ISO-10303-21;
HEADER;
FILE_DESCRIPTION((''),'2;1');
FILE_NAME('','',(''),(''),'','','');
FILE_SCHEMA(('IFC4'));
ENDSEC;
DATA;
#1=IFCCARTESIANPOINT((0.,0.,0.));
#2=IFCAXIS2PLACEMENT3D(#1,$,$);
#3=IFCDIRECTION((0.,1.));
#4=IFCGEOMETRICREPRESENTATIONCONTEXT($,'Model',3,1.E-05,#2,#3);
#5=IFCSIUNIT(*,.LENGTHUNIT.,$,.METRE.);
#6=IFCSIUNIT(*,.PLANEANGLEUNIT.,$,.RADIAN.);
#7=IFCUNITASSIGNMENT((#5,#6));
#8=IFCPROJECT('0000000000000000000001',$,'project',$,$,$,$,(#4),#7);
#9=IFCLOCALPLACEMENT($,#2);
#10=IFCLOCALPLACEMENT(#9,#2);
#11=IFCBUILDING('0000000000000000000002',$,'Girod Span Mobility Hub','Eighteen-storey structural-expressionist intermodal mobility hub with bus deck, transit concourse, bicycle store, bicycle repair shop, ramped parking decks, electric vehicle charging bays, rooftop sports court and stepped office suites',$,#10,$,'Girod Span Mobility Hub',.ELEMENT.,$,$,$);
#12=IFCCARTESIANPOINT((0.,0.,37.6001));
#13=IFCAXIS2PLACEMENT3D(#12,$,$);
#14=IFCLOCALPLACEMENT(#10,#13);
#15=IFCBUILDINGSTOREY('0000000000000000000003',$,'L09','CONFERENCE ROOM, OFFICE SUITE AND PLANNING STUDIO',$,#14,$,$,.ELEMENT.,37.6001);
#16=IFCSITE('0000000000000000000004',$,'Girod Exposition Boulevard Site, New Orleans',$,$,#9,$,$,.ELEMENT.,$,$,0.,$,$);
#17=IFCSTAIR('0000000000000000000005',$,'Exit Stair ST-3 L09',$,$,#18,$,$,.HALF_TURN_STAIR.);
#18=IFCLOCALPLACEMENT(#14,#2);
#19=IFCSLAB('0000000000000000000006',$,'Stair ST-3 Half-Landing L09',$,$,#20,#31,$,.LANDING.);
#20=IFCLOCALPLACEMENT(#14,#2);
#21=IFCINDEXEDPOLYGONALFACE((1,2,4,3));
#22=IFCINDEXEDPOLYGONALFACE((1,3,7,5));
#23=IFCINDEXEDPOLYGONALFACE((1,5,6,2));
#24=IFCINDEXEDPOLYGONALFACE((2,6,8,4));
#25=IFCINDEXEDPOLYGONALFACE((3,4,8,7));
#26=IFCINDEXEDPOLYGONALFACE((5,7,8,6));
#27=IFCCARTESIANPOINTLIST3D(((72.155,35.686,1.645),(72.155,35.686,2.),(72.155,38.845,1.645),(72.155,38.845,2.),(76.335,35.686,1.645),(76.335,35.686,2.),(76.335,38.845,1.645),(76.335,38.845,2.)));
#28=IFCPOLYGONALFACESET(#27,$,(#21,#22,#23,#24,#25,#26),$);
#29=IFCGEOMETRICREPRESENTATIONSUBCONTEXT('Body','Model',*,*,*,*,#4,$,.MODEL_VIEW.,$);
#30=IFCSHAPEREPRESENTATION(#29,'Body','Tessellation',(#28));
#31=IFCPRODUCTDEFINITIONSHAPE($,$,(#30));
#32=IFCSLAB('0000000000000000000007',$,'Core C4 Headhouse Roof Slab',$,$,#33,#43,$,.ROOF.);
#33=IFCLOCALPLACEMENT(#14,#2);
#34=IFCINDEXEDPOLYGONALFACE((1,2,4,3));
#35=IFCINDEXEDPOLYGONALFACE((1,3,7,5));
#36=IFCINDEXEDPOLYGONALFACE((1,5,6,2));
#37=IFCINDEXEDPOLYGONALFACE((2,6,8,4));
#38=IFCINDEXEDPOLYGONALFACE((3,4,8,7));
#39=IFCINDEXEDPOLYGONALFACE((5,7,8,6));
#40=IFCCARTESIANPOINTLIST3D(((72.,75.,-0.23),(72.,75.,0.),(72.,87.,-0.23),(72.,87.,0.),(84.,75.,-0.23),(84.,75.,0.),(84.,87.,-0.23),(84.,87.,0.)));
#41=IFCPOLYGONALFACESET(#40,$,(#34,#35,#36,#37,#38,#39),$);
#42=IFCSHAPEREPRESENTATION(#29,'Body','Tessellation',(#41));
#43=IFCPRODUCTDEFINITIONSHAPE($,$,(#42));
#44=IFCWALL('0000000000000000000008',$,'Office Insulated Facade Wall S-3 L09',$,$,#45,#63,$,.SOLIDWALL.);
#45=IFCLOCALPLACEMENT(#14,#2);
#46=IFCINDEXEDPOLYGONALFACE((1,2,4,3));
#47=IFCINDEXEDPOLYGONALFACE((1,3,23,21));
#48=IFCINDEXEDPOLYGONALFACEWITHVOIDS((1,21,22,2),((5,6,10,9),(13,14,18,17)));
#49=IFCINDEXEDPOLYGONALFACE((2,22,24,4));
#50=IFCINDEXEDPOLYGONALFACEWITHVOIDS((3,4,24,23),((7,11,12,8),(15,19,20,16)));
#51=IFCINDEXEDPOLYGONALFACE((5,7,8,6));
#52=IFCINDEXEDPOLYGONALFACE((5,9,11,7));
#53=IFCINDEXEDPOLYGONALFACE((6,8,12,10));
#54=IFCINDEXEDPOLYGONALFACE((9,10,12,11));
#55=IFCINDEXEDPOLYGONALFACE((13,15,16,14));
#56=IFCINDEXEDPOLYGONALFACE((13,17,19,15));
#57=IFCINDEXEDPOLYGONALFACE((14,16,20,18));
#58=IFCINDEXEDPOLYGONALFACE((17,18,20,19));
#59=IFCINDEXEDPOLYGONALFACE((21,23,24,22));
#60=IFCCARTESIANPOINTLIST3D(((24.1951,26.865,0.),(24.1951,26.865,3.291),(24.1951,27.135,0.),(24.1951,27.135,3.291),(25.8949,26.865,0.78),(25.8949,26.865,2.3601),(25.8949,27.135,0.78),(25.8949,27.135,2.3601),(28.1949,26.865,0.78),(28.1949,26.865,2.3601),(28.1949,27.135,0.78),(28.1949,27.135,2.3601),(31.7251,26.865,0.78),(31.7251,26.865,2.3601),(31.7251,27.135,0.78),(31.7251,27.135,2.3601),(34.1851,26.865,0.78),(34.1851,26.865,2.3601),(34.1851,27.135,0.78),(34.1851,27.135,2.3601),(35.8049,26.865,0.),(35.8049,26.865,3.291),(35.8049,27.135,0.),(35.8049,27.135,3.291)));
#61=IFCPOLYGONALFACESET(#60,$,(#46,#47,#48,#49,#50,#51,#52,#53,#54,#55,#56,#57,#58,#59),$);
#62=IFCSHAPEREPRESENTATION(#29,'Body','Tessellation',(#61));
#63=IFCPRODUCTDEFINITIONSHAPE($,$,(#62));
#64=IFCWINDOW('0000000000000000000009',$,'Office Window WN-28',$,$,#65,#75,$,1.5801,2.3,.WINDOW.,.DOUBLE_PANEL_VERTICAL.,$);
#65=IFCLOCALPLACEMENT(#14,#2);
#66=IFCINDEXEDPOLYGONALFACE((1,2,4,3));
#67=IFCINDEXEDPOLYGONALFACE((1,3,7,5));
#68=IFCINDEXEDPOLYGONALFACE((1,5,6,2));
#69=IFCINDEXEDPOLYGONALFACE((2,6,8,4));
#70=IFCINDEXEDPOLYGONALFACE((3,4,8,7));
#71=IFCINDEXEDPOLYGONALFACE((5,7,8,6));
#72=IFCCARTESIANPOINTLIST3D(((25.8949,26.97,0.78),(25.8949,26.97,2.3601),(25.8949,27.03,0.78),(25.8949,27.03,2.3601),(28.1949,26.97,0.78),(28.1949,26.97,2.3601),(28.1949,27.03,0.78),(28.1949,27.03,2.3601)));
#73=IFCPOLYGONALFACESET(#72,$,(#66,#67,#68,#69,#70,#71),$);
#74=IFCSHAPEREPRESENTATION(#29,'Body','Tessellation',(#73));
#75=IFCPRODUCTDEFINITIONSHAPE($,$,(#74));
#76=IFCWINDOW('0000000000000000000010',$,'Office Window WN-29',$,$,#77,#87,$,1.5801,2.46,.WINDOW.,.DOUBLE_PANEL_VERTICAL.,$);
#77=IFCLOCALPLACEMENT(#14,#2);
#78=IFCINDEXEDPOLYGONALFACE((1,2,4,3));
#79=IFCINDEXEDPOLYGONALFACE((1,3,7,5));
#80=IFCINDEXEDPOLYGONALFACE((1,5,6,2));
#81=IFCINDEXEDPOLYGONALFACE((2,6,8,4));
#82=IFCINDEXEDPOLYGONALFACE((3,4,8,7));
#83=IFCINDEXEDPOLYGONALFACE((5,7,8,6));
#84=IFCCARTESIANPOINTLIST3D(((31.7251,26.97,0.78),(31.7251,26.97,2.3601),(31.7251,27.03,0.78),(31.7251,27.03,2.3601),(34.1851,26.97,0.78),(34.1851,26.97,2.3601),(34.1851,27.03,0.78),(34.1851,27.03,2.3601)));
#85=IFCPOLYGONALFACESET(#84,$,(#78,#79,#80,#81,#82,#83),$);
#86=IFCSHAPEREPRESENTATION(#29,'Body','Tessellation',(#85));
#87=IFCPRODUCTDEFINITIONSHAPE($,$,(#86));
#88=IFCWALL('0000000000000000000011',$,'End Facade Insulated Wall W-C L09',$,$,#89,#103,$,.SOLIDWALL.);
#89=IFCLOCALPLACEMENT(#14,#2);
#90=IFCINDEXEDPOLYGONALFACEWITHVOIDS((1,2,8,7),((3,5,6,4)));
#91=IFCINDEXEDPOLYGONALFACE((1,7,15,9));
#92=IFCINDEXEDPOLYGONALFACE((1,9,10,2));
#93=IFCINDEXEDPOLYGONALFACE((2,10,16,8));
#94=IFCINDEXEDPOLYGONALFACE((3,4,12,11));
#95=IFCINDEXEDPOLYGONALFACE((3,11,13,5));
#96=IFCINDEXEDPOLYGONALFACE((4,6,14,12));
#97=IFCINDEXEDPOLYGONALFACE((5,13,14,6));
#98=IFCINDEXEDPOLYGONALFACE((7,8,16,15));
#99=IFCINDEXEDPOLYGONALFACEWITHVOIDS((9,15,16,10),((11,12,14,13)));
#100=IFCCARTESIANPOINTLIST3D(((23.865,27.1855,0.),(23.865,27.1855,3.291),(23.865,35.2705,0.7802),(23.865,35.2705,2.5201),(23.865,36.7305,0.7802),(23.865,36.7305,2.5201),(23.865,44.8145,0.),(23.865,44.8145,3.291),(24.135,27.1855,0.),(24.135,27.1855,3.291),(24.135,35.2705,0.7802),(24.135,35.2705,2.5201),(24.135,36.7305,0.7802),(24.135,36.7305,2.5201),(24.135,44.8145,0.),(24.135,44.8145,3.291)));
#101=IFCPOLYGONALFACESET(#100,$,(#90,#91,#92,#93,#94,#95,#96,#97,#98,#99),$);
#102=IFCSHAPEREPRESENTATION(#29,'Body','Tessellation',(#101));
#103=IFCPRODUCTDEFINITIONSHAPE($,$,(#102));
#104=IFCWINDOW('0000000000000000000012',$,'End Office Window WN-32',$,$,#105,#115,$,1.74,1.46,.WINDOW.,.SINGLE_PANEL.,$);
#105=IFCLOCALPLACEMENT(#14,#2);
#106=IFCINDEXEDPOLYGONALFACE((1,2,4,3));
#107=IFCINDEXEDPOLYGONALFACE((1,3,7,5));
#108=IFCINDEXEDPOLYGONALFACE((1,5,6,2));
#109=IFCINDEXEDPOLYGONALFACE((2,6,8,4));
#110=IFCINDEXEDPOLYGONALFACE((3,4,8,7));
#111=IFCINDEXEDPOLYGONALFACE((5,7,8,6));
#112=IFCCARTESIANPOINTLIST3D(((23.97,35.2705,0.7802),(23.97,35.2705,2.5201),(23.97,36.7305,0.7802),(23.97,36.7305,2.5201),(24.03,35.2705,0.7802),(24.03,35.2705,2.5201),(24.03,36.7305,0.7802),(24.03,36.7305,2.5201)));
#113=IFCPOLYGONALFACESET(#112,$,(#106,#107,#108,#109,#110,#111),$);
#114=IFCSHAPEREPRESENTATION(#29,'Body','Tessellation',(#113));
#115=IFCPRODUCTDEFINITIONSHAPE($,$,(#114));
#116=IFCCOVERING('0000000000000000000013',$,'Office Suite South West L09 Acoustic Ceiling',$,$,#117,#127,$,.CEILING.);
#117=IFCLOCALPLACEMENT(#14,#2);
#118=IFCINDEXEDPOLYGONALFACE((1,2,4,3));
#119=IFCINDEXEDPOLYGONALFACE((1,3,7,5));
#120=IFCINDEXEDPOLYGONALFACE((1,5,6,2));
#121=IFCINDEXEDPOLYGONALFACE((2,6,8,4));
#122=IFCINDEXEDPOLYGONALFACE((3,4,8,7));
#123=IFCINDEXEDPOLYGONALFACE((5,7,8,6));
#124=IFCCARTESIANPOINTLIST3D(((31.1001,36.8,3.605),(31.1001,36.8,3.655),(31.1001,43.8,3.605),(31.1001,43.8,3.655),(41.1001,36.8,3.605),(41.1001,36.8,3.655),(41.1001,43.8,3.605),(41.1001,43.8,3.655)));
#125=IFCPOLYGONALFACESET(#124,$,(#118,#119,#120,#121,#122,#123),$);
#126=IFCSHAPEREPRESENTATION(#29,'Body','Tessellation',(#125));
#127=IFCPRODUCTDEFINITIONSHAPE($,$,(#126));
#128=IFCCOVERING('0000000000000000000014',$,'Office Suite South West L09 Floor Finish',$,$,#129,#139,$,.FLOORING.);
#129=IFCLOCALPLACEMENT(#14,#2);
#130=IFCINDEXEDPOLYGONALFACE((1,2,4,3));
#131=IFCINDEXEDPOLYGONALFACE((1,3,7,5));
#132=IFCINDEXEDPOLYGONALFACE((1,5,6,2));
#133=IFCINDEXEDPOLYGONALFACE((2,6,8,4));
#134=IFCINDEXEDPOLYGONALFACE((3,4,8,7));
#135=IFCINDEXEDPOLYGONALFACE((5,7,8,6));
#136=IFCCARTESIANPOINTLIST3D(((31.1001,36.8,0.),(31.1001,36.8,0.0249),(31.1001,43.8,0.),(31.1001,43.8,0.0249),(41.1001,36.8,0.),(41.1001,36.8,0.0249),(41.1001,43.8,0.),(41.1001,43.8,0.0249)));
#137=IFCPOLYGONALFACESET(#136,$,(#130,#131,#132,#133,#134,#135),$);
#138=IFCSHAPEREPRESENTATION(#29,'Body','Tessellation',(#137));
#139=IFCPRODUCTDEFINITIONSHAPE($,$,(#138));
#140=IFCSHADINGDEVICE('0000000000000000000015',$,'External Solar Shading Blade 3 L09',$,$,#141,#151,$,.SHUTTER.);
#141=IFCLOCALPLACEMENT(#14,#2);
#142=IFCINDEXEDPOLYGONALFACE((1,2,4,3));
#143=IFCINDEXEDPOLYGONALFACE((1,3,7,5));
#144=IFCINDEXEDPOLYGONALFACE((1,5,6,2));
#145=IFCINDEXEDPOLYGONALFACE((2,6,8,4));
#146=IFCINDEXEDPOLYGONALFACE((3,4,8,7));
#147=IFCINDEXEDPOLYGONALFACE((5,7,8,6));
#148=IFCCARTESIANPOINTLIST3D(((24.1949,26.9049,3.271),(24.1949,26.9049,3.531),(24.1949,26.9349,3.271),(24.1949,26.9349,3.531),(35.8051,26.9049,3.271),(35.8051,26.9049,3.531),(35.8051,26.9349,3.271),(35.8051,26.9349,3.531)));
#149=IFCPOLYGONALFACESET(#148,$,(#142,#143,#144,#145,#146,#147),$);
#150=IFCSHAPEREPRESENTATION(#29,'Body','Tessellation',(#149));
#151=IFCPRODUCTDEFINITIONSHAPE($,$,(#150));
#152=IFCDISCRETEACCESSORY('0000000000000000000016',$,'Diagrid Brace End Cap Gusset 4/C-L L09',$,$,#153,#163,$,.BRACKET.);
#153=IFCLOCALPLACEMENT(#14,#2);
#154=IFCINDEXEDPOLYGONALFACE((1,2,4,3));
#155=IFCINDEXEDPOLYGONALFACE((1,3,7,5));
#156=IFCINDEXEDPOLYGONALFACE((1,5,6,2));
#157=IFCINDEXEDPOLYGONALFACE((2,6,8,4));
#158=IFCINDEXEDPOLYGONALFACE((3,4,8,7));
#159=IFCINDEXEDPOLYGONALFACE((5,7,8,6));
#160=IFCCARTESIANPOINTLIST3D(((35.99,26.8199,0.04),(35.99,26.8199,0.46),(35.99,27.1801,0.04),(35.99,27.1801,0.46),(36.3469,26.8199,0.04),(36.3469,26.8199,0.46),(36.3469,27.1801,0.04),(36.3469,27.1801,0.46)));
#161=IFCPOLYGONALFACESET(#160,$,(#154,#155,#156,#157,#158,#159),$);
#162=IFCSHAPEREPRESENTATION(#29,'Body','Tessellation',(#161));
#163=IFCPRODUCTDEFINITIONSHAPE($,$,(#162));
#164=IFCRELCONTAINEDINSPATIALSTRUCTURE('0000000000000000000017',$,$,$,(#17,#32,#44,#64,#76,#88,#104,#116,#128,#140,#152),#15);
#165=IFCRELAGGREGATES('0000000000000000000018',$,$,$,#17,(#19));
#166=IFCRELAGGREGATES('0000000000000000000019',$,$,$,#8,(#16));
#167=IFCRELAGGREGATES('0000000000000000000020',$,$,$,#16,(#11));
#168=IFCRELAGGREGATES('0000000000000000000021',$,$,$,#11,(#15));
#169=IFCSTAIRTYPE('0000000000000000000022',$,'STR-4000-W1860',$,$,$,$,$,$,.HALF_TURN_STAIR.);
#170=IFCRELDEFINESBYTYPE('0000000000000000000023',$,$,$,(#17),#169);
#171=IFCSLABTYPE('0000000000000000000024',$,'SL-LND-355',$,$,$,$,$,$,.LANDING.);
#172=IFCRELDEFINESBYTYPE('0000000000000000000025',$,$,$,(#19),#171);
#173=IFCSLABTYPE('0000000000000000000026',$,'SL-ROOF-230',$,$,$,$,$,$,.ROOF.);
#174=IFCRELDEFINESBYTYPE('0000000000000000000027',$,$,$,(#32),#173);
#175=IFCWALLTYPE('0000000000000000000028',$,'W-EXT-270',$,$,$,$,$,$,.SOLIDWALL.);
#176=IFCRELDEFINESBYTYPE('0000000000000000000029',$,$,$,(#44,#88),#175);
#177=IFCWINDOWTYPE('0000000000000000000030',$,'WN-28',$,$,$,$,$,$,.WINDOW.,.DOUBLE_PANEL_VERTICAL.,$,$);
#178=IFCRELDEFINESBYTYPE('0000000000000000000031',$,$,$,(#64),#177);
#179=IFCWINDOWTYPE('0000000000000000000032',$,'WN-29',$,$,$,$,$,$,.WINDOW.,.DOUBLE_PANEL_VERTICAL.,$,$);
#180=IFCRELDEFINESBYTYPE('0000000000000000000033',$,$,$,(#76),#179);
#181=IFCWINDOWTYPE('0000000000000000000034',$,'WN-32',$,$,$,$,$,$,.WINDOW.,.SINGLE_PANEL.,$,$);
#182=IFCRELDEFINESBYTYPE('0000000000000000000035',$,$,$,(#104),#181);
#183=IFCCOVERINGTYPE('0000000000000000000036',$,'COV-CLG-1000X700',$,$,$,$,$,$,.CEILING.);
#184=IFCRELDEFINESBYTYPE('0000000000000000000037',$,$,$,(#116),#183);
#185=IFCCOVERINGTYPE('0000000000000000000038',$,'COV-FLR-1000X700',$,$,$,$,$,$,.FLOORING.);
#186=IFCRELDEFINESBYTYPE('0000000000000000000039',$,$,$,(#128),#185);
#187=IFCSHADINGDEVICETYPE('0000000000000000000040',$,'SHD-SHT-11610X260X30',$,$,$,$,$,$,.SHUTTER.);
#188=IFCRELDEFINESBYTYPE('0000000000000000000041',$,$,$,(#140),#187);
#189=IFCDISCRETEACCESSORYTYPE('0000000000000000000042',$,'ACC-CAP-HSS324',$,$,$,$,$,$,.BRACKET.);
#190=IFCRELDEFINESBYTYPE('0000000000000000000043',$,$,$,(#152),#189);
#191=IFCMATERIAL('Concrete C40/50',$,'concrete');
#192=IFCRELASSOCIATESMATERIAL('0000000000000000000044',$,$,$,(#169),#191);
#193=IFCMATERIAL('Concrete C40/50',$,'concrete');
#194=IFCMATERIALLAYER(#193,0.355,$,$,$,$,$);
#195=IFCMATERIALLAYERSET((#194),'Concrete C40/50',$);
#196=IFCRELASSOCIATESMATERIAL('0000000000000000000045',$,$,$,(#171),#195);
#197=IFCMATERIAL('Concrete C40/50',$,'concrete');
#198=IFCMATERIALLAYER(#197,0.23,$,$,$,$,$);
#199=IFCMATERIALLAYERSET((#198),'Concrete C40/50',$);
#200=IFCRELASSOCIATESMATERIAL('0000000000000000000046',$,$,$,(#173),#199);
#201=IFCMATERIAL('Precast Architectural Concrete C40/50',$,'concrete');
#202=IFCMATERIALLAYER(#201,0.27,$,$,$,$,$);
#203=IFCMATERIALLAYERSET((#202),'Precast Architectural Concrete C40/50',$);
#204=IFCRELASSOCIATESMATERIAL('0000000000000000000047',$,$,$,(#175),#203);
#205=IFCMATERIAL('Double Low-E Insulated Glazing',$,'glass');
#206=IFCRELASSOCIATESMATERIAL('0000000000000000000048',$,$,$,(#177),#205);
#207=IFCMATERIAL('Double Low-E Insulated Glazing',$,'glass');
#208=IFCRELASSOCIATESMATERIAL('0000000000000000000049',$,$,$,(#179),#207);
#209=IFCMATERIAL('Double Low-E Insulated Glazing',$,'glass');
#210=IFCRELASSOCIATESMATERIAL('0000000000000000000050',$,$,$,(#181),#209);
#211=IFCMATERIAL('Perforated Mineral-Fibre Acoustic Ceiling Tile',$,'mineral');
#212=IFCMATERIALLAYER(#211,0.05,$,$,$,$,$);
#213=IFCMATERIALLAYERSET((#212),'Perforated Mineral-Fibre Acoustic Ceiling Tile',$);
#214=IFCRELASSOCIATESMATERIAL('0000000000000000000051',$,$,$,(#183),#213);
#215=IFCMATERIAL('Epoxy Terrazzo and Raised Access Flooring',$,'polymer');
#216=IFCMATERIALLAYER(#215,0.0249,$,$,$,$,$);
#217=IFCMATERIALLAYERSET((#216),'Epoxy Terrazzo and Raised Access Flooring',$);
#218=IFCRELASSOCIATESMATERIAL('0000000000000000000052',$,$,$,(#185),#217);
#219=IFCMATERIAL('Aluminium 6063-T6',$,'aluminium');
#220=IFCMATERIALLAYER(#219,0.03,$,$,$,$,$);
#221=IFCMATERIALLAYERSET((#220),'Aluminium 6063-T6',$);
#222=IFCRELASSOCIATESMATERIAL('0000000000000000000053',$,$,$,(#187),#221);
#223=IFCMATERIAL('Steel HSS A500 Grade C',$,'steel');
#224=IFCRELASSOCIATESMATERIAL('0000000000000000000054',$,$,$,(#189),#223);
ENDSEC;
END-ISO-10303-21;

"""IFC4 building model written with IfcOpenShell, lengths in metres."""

from ifc_helpers import new_model, si_unit, direction, frame, frame_2d, origin, origin_2d, place, context, subcontext, project, spatial, polyline, rectangle, outline, extrude, material, layer, layer_set, type_object, element, fill, aggregate, save


model = new_model("IFC4")

# Units and contexts
model_context = context("Model", 3, precision=1e-05, world=origin(), true_north=direction((0.0, 1.0)))
body_context = subcontext(model_context, "Body", "Model", "MODEL_VIEW")
ifc_project = project(units=[si_unit("LENGTHUNIT", "METRE"), si_unit("PLANEANGLEUNIT", "RADIAN")], contexts=[model_context])

# Site, building, storey
site_placement = place(None, origin())
site = spatial("IfcSite", under=ifc_project, at=site_placement, Name="Girod Exposition Boulevard Site, New Orleans", CompositionType="ELEMENT", RefElevation=0.0)
building_placement = place(site_placement, origin())
building = spatial("IfcBuilding", under=site, at=building_placement, Name="Girod Span Mobility Hub", Description="Eighteen-storey structural-expressionist intermodal mobility hub with bus deck, transit concourse, bicycle store, bicycle repair shop, ramped parking decks, electric vehicle charging bays, rooftop sports court and stepped office suites", LongName="Girod Span Mobility Hub", CompositionType="ELEMENT")
storey_placement = place(building_placement, frame((0.0, 0.0, 37.6001)))
storey = spatial("IfcBuildingStorey", under=building, at=storey_placement, Name="L09", Description="CONFERENCE ROOM, OFFICE SUITE AND PLANNING STUDIO", CompositionType="ELEMENT", Elevation=37.6001)

# Stair, slab
ifc_material_1 = material(Name="Concrete C40/50", Category="concrete")
stair_type = type_object("IfcStairType", Name="STR-4000-W1860", PredefinedType="HALF_TURN_STAIR", material=ifc_material_1)
ifc_material_2 = material(Name="Concrete C40/50", Category="concrete")
ifc_layer_1 = layer(ifc_material_2, 0.355)
ifc_layer_set_1 = layer_set([ifc_layer_1], Name="Concrete C40/50")
slab_type_1 = type_object("IfcSlabType", Name="SL-LND-355", PredefinedType="LANDING", material=ifc_layer_set_1)
stair_1_placement = place(storey_placement, origin())
stair_1 = element("IfcStair", 1, at=stair_1_placement, inside=storey, type_object=stair_type, Name="Exit Stair ST-3 L09", PredefinedType="HALF_TURN_STAIR")
slab_1_placement = place(storey_placement, frame((0.0, 0.0, 1.645)))
slab_1 = element("IfcSlab", 2, at=slab_1_placement, type_object=slab_type_1, Name="Stair ST-3 Half-Landing L09", PredefinedType="LANDING", context=body_context, shape_type="SweptSolid", body=[
    extrude(outline(polyline([(76.335, 35.686), (76.335, 38.845), (72.155, 38.845), (72.155, 35.686), (76.335, 35.686)])), origin(), (0.0, 0.0, 1.0), 0.355),
])
aggregate(stair_1, [slab_1])

# Slab
ifc_material_3 = material(Name="Concrete C40/50", Category="concrete")
ifc_layer_2 = layer(ifc_material_3, 0.23)
ifc_layer_set_2 = layer_set([ifc_layer_2], Name="Concrete C40/50")
slab_type_2 = type_object("IfcSlabType", Name="SL-ROOF-230", PredefinedType="ROOF", material=ifc_layer_set_2)
slab_2_placement = place(storey_placement, frame((0.0, 0.0, -0.23)))
element("IfcSlab", 3, at=slab_2_placement, inside=storey, type_object=slab_type_2, Name="Core C4 Headhouse Roof Slab", PredefinedType="ROOF", context=body_context, shape_type="SweptSolid", body=[
    extrude(outline(polyline([(84.0, 75.0), (84.0, 87.0), (72.0, 87.0), (72.0, 75.0), (84.0, 75.0)])), origin(), (0.0, 0.0, 1.0), 0.23),
])

# Wall, openings, windows
ifc_material_4 = material(Name="Precast Architectural Concrete C40/50", Category="concrete")
ifc_layer_3 = layer(ifc_material_4, 0.27)
ifc_layer_set_3 = layer_set([ifc_layer_3], Name="Precast Architectural Concrete C40/50")
wall_type = type_object("IfcWallType", Name="W-EXT-270", PredefinedType="SOLIDWALL", material=ifc_layer_set_3)
wall_1_placement = place(storey_placement, frame((24.1951, 27.0, 0.0), z_axis=(0.0, 0.0, 1.0), x_axis=(1.0, 0.0, 0.0)))
wall_1 = element("IfcWall", 4, at=wall_1_placement, inside=storey, type_object=wall_type, Name="Office Insulated Facade Wall S-3 L09", PredefinedType="SOLIDWALL", context=body_context, shape_type="SweptSolid", body=[
    extrude(rectangle(XDim=11.6099, YDim=0.27, at=frame_2d((5.8049, 0.0))), origin(), (0.0, 0.0, 1.0), 3.291),
])
opening_1_placement = place(wall_1_placement, frame((1.7, 0.0, 0.78)))
opening_1 = element("IfcOpeningElement", 5, at=opening_1_placement, cuts=wall_1, PredefinedType="OPENING", context=body_context, shape_type="SweptSolid", body=[
    extrude(rectangle(XDim=2.3, YDim=1.5801, at=frame_2d((1.1499, 0.79))), frame((0.0, 0.1499, 0.0), z_axis=(0.0, -1.0, 0.0), x_axis=(1.0, 0.0, 0.0)), (0.0, 0.0, 1.0), 0.3),
])
opening_2_placement = place(wall_1_placement, frame((7.53, 0.0, 0.78)))
opening_2 = element("IfcOpeningElement", 6, at=opening_2_placement, cuts=wall_1, PredefinedType="OPENING", context=body_context, shape_type="SweptSolid", body=[
    extrude(rectangle(XDim=2.46, YDim=1.5801, at=frame_2d((1.23, 0.79))), frame((0.0, 0.1499, 0.0), z_axis=(0.0, -1.0, 0.0), x_axis=(1.0, 0.0, 0.0)), (0.0, 0.0, 1.0), 0.3),
])
ifc_material_5 = material(Name="Double Low-E Insulated Glazing", Category="glass")
window_type_1 = type_object("IfcWindowType", Name="WN-28", PartitioningType="DOUBLE_PANEL_VERTICAL", PredefinedType="WINDOW", material=ifc_material_5)
window_1_placement = place(opening_1_placement, origin())
window_1 = element("IfcWindow", 7, at=window_1_placement, inside=storey, type_object=window_type_1, Name="Office Window WN-28", OverallHeight=1.5801, OverallWidth=2.3, PartitioningType="DOUBLE_PANEL_VERTICAL", PredefinedType="WINDOW", context=body_context, shape_type="SweptSolid", body=[
    extrude(rectangle(XDim=2.3, YDim=1.5801, at=frame_2d((1.1499, 0.79))), frame((0.0, 0.03, 0.0), z_axis=(0.0, -1.0, 0.0), x_axis=(1.0, 0.0, 0.0)), (0.0, 0.0, 1.0), 0.0601),
])
fill(opening_1, window_1)
ifc_material_6 = material(Name="Double Low-E Insulated Glazing", Category="glass")
window_type_2 = type_object("IfcWindowType", Name="WN-29", PartitioningType="DOUBLE_PANEL_VERTICAL", PredefinedType="WINDOW", material=ifc_material_6)
window_2_placement = place(opening_2_placement, origin())
window_2 = element("IfcWindow", 8, at=window_2_placement, inside=storey, type_object=window_type_2, Name="Office Window WN-29", OverallHeight=1.5801, OverallWidth=2.46, PartitioningType="DOUBLE_PANEL_VERTICAL", PredefinedType="WINDOW", context=body_context, shape_type="SweptSolid", body=[
    extrude(rectangle(XDim=2.46, YDim=1.5801, at=frame_2d((1.23, 0.79))), frame((0.0, 0.03, 0.0), z_axis=(0.0, -1.0, 0.0), x_axis=(1.0, 0.0, 0.0)), (0.0, 0.0, 1.0), 0.0601),
])
fill(opening_2, window_2)

# Wall, opening, window
wall_2_placement = place(storey_placement, frame((24.0, 27.1855, 0.0), z_axis=(0.0, 0.0, 1.0), x_axis=(0.0, 1.0, 0.0)))
wall_2 = element("IfcWall", 9, at=wall_2_placement, inside=storey, type_object=wall_type, Name="End Facade Insulated Wall W-C L09", PredefinedType="SOLIDWALL", context=body_context, shape_type="SweptSolid", body=[
    extrude(rectangle(XDim=17.6289, YDim=0.27, at=frame_2d((8.8145, 0.0))), origin(), (0.0, 0.0, 1.0), 3.291),
])
opening_3_placement = place(wall_2_placement, frame((8.085, 0.0, 0.78)))
opening_3 = element("IfcOpeningElement", 10, at=opening_3_placement, cuts=wall_2, PredefinedType="OPENING", context=body_context, shape_type="SweptSolid", body=[
    extrude(rectangle(XDim=1.46, YDim=1.74, at=frame_2d((0.73, 0.8701))), frame((0.0, 0.1499, 0.0), z_axis=(0.0, -1.0, 0.0), x_axis=(1.0, 0.0, 0.0)), (0.0, 0.0, 1.0), 0.3),
])
ifc_material_7 = material(Name="Double Low-E Insulated Glazing", Category="glass")
window_type_3 = type_object("IfcWindowType", Name="WN-32", PartitioningType="SINGLE_PANEL", PredefinedType="WINDOW", material=ifc_material_7)
window_3_placement = place(opening_3_placement, origin())
window_3 = element("IfcWindow", 11, at=window_3_placement, inside=storey, type_object=window_type_3, Name="End Office Window WN-32", OverallHeight=1.74, OverallWidth=1.46, PartitioningType="SINGLE_PANEL", PredefinedType="WINDOW", context=body_context, shape_type="SweptSolid", body=[
    extrude(rectangle(XDim=1.46, YDim=1.74, at=frame_2d((0.73, 0.8701))), frame((0.0, 0.03, 0.0), z_axis=(0.0, -1.0, 0.0), x_axis=(1.0, 0.0, 0.0)), (0.0, 0.0, 1.0), 0.0601),
])
fill(opening_3, window_3)

# Coverings
ifc_material_8 = material(Name="Perforated Mineral-Fibre Acoustic Ceiling Tile", Category="mineral")
ifc_layer_4 = layer(ifc_material_8, 0.05)
ifc_layer_set_4 = layer_set([ifc_layer_4], Name="Perforated Mineral-Fibre Acoustic Ceiling Tile")
covering_type_1 = type_object("IfcCoveringType", Name="COV-CLG-1000X700", PredefinedType="CEILING", material=ifc_layer_set_4)
covering_1_placement = place(storey_placement, frame((36.1001, 40.3, 3.605), z_axis=(0.0, 0.0, 1.0), x_axis=(1.0, 0.0, 0.0)))
element("IfcCovering", 12, at=covering_1_placement, inside=storey, type_object=covering_type_1, Name="Office Suite South West L09 Acoustic Ceiling", PredefinedType="CEILING", context=body_context, shape_type="SweptSolid", body=[
    extrude(rectangle(XDim=10.0, YDim=7.0, at=origin_2d()), origin(), (0.0, 0.0, 1.0), 0.05),
])
ifc_material_9 = material(Name="Epoxy Terrazzo and Raised Access Flooring", Category="polymer")
ifc_layer_5 = layer(ifc_material_9, 0.0249)
ifc_layer_set_5 = layer_set([ifc_layer_5], Name="Epoxy Terrazzo and Raised Access Flooring")
covering_type_2 = type_object("IfcCoveringType", Name="COV-FLR-1000X700", PredefinedType="FLOORING", material=ifc_layer_set_5)
covering_2_placement = place(storey_placement, frame((36.1001, 40.3, 0.0), z_axis=(0.0, 0.0, 1.0), x_axis=(1.0, 0.0, 0.0)))
element("IfcCovering", 13, at=covering_2_placement, inside=storey, type_object=covering_type_2, Name="Office Suite South West L09 Floor Finish", PredefinedType="FLOORING", context=body_context, shape_type="SweptSolid", body=[
    extrude(rectangle(XDim=10.0, YDim=7.0, at=origin_2d()), origin(), (0.0, 0.0, 1.0), 0.0249),
])

# Shading device
ifc_material_10 = material(Name="Aluminium 6063-T6", Category="aluminium")
ifc_layer_6 = layer(ifc_material_10, 0.03)
ifc_layer_set_6 = layer_set([ifc_layer_6], Name="Aluminium 6063-T6")
shading_device_type = type_object("IfcShadingDeviceType", Name="SHD-SHT-11610X260X30", PredefinedType="SHUTTER", material=ifc_layer_set_6)
shading_device_placement = place(storey_placement, frame((30.0, 26.9199, 3.271), z_axis=(0.0, 0.0, 1.0), x_axis=(1.0, 0.0, 0.0)))
element("IfcShadingDevice", 14, at=shading_device_placement, inside=storey, type_object=shading_device_type, Name="External Solar Shading Blade 3 L09", PredefinedType="SHUTTER", context=body_context, shape_type="SweptSolid", body=[
    extrude(rectangle(XDim=11.6101, YDim=0.03, at=origin_2d()), origin(), (0.0, 0.0, 1.0), 0.26),
])

# Discrete accessory
ifc_material_11 = material(Name="Steel HSS A500 Grade C", Category="steel")
discrete_accessory_type = type_object("IfcDiscreteAccessoryType", Name="ACC-CAP-HSS324", PredefinedType="BRACKET", material=ifc_material_11)
discrete_accessory_placement = place(storey_placement, frame((36.1685, 27.0, 0.04), z_axis=(0.0, 0.0, 1.0), x_axis=(1.0, 0.0, 0.0)))
element("IfcDiscreteAccessory", 15, at=discrete_accessory_placement, inside=storey, type_object=discrete_accessory_type, Name="Diagrid Brace End Cap Gusset 4/C-L L09", PredefinedType="BRACKET", context=body_context, shape_type="SweptSolid", body=[
    extrude(rectangle(XDim=0.3569, YDim=0.3601, at=origin_2d()), origin(), (0.0, 0.0, 1.0), 0.4199),
])

save(model, "model.ifc")
